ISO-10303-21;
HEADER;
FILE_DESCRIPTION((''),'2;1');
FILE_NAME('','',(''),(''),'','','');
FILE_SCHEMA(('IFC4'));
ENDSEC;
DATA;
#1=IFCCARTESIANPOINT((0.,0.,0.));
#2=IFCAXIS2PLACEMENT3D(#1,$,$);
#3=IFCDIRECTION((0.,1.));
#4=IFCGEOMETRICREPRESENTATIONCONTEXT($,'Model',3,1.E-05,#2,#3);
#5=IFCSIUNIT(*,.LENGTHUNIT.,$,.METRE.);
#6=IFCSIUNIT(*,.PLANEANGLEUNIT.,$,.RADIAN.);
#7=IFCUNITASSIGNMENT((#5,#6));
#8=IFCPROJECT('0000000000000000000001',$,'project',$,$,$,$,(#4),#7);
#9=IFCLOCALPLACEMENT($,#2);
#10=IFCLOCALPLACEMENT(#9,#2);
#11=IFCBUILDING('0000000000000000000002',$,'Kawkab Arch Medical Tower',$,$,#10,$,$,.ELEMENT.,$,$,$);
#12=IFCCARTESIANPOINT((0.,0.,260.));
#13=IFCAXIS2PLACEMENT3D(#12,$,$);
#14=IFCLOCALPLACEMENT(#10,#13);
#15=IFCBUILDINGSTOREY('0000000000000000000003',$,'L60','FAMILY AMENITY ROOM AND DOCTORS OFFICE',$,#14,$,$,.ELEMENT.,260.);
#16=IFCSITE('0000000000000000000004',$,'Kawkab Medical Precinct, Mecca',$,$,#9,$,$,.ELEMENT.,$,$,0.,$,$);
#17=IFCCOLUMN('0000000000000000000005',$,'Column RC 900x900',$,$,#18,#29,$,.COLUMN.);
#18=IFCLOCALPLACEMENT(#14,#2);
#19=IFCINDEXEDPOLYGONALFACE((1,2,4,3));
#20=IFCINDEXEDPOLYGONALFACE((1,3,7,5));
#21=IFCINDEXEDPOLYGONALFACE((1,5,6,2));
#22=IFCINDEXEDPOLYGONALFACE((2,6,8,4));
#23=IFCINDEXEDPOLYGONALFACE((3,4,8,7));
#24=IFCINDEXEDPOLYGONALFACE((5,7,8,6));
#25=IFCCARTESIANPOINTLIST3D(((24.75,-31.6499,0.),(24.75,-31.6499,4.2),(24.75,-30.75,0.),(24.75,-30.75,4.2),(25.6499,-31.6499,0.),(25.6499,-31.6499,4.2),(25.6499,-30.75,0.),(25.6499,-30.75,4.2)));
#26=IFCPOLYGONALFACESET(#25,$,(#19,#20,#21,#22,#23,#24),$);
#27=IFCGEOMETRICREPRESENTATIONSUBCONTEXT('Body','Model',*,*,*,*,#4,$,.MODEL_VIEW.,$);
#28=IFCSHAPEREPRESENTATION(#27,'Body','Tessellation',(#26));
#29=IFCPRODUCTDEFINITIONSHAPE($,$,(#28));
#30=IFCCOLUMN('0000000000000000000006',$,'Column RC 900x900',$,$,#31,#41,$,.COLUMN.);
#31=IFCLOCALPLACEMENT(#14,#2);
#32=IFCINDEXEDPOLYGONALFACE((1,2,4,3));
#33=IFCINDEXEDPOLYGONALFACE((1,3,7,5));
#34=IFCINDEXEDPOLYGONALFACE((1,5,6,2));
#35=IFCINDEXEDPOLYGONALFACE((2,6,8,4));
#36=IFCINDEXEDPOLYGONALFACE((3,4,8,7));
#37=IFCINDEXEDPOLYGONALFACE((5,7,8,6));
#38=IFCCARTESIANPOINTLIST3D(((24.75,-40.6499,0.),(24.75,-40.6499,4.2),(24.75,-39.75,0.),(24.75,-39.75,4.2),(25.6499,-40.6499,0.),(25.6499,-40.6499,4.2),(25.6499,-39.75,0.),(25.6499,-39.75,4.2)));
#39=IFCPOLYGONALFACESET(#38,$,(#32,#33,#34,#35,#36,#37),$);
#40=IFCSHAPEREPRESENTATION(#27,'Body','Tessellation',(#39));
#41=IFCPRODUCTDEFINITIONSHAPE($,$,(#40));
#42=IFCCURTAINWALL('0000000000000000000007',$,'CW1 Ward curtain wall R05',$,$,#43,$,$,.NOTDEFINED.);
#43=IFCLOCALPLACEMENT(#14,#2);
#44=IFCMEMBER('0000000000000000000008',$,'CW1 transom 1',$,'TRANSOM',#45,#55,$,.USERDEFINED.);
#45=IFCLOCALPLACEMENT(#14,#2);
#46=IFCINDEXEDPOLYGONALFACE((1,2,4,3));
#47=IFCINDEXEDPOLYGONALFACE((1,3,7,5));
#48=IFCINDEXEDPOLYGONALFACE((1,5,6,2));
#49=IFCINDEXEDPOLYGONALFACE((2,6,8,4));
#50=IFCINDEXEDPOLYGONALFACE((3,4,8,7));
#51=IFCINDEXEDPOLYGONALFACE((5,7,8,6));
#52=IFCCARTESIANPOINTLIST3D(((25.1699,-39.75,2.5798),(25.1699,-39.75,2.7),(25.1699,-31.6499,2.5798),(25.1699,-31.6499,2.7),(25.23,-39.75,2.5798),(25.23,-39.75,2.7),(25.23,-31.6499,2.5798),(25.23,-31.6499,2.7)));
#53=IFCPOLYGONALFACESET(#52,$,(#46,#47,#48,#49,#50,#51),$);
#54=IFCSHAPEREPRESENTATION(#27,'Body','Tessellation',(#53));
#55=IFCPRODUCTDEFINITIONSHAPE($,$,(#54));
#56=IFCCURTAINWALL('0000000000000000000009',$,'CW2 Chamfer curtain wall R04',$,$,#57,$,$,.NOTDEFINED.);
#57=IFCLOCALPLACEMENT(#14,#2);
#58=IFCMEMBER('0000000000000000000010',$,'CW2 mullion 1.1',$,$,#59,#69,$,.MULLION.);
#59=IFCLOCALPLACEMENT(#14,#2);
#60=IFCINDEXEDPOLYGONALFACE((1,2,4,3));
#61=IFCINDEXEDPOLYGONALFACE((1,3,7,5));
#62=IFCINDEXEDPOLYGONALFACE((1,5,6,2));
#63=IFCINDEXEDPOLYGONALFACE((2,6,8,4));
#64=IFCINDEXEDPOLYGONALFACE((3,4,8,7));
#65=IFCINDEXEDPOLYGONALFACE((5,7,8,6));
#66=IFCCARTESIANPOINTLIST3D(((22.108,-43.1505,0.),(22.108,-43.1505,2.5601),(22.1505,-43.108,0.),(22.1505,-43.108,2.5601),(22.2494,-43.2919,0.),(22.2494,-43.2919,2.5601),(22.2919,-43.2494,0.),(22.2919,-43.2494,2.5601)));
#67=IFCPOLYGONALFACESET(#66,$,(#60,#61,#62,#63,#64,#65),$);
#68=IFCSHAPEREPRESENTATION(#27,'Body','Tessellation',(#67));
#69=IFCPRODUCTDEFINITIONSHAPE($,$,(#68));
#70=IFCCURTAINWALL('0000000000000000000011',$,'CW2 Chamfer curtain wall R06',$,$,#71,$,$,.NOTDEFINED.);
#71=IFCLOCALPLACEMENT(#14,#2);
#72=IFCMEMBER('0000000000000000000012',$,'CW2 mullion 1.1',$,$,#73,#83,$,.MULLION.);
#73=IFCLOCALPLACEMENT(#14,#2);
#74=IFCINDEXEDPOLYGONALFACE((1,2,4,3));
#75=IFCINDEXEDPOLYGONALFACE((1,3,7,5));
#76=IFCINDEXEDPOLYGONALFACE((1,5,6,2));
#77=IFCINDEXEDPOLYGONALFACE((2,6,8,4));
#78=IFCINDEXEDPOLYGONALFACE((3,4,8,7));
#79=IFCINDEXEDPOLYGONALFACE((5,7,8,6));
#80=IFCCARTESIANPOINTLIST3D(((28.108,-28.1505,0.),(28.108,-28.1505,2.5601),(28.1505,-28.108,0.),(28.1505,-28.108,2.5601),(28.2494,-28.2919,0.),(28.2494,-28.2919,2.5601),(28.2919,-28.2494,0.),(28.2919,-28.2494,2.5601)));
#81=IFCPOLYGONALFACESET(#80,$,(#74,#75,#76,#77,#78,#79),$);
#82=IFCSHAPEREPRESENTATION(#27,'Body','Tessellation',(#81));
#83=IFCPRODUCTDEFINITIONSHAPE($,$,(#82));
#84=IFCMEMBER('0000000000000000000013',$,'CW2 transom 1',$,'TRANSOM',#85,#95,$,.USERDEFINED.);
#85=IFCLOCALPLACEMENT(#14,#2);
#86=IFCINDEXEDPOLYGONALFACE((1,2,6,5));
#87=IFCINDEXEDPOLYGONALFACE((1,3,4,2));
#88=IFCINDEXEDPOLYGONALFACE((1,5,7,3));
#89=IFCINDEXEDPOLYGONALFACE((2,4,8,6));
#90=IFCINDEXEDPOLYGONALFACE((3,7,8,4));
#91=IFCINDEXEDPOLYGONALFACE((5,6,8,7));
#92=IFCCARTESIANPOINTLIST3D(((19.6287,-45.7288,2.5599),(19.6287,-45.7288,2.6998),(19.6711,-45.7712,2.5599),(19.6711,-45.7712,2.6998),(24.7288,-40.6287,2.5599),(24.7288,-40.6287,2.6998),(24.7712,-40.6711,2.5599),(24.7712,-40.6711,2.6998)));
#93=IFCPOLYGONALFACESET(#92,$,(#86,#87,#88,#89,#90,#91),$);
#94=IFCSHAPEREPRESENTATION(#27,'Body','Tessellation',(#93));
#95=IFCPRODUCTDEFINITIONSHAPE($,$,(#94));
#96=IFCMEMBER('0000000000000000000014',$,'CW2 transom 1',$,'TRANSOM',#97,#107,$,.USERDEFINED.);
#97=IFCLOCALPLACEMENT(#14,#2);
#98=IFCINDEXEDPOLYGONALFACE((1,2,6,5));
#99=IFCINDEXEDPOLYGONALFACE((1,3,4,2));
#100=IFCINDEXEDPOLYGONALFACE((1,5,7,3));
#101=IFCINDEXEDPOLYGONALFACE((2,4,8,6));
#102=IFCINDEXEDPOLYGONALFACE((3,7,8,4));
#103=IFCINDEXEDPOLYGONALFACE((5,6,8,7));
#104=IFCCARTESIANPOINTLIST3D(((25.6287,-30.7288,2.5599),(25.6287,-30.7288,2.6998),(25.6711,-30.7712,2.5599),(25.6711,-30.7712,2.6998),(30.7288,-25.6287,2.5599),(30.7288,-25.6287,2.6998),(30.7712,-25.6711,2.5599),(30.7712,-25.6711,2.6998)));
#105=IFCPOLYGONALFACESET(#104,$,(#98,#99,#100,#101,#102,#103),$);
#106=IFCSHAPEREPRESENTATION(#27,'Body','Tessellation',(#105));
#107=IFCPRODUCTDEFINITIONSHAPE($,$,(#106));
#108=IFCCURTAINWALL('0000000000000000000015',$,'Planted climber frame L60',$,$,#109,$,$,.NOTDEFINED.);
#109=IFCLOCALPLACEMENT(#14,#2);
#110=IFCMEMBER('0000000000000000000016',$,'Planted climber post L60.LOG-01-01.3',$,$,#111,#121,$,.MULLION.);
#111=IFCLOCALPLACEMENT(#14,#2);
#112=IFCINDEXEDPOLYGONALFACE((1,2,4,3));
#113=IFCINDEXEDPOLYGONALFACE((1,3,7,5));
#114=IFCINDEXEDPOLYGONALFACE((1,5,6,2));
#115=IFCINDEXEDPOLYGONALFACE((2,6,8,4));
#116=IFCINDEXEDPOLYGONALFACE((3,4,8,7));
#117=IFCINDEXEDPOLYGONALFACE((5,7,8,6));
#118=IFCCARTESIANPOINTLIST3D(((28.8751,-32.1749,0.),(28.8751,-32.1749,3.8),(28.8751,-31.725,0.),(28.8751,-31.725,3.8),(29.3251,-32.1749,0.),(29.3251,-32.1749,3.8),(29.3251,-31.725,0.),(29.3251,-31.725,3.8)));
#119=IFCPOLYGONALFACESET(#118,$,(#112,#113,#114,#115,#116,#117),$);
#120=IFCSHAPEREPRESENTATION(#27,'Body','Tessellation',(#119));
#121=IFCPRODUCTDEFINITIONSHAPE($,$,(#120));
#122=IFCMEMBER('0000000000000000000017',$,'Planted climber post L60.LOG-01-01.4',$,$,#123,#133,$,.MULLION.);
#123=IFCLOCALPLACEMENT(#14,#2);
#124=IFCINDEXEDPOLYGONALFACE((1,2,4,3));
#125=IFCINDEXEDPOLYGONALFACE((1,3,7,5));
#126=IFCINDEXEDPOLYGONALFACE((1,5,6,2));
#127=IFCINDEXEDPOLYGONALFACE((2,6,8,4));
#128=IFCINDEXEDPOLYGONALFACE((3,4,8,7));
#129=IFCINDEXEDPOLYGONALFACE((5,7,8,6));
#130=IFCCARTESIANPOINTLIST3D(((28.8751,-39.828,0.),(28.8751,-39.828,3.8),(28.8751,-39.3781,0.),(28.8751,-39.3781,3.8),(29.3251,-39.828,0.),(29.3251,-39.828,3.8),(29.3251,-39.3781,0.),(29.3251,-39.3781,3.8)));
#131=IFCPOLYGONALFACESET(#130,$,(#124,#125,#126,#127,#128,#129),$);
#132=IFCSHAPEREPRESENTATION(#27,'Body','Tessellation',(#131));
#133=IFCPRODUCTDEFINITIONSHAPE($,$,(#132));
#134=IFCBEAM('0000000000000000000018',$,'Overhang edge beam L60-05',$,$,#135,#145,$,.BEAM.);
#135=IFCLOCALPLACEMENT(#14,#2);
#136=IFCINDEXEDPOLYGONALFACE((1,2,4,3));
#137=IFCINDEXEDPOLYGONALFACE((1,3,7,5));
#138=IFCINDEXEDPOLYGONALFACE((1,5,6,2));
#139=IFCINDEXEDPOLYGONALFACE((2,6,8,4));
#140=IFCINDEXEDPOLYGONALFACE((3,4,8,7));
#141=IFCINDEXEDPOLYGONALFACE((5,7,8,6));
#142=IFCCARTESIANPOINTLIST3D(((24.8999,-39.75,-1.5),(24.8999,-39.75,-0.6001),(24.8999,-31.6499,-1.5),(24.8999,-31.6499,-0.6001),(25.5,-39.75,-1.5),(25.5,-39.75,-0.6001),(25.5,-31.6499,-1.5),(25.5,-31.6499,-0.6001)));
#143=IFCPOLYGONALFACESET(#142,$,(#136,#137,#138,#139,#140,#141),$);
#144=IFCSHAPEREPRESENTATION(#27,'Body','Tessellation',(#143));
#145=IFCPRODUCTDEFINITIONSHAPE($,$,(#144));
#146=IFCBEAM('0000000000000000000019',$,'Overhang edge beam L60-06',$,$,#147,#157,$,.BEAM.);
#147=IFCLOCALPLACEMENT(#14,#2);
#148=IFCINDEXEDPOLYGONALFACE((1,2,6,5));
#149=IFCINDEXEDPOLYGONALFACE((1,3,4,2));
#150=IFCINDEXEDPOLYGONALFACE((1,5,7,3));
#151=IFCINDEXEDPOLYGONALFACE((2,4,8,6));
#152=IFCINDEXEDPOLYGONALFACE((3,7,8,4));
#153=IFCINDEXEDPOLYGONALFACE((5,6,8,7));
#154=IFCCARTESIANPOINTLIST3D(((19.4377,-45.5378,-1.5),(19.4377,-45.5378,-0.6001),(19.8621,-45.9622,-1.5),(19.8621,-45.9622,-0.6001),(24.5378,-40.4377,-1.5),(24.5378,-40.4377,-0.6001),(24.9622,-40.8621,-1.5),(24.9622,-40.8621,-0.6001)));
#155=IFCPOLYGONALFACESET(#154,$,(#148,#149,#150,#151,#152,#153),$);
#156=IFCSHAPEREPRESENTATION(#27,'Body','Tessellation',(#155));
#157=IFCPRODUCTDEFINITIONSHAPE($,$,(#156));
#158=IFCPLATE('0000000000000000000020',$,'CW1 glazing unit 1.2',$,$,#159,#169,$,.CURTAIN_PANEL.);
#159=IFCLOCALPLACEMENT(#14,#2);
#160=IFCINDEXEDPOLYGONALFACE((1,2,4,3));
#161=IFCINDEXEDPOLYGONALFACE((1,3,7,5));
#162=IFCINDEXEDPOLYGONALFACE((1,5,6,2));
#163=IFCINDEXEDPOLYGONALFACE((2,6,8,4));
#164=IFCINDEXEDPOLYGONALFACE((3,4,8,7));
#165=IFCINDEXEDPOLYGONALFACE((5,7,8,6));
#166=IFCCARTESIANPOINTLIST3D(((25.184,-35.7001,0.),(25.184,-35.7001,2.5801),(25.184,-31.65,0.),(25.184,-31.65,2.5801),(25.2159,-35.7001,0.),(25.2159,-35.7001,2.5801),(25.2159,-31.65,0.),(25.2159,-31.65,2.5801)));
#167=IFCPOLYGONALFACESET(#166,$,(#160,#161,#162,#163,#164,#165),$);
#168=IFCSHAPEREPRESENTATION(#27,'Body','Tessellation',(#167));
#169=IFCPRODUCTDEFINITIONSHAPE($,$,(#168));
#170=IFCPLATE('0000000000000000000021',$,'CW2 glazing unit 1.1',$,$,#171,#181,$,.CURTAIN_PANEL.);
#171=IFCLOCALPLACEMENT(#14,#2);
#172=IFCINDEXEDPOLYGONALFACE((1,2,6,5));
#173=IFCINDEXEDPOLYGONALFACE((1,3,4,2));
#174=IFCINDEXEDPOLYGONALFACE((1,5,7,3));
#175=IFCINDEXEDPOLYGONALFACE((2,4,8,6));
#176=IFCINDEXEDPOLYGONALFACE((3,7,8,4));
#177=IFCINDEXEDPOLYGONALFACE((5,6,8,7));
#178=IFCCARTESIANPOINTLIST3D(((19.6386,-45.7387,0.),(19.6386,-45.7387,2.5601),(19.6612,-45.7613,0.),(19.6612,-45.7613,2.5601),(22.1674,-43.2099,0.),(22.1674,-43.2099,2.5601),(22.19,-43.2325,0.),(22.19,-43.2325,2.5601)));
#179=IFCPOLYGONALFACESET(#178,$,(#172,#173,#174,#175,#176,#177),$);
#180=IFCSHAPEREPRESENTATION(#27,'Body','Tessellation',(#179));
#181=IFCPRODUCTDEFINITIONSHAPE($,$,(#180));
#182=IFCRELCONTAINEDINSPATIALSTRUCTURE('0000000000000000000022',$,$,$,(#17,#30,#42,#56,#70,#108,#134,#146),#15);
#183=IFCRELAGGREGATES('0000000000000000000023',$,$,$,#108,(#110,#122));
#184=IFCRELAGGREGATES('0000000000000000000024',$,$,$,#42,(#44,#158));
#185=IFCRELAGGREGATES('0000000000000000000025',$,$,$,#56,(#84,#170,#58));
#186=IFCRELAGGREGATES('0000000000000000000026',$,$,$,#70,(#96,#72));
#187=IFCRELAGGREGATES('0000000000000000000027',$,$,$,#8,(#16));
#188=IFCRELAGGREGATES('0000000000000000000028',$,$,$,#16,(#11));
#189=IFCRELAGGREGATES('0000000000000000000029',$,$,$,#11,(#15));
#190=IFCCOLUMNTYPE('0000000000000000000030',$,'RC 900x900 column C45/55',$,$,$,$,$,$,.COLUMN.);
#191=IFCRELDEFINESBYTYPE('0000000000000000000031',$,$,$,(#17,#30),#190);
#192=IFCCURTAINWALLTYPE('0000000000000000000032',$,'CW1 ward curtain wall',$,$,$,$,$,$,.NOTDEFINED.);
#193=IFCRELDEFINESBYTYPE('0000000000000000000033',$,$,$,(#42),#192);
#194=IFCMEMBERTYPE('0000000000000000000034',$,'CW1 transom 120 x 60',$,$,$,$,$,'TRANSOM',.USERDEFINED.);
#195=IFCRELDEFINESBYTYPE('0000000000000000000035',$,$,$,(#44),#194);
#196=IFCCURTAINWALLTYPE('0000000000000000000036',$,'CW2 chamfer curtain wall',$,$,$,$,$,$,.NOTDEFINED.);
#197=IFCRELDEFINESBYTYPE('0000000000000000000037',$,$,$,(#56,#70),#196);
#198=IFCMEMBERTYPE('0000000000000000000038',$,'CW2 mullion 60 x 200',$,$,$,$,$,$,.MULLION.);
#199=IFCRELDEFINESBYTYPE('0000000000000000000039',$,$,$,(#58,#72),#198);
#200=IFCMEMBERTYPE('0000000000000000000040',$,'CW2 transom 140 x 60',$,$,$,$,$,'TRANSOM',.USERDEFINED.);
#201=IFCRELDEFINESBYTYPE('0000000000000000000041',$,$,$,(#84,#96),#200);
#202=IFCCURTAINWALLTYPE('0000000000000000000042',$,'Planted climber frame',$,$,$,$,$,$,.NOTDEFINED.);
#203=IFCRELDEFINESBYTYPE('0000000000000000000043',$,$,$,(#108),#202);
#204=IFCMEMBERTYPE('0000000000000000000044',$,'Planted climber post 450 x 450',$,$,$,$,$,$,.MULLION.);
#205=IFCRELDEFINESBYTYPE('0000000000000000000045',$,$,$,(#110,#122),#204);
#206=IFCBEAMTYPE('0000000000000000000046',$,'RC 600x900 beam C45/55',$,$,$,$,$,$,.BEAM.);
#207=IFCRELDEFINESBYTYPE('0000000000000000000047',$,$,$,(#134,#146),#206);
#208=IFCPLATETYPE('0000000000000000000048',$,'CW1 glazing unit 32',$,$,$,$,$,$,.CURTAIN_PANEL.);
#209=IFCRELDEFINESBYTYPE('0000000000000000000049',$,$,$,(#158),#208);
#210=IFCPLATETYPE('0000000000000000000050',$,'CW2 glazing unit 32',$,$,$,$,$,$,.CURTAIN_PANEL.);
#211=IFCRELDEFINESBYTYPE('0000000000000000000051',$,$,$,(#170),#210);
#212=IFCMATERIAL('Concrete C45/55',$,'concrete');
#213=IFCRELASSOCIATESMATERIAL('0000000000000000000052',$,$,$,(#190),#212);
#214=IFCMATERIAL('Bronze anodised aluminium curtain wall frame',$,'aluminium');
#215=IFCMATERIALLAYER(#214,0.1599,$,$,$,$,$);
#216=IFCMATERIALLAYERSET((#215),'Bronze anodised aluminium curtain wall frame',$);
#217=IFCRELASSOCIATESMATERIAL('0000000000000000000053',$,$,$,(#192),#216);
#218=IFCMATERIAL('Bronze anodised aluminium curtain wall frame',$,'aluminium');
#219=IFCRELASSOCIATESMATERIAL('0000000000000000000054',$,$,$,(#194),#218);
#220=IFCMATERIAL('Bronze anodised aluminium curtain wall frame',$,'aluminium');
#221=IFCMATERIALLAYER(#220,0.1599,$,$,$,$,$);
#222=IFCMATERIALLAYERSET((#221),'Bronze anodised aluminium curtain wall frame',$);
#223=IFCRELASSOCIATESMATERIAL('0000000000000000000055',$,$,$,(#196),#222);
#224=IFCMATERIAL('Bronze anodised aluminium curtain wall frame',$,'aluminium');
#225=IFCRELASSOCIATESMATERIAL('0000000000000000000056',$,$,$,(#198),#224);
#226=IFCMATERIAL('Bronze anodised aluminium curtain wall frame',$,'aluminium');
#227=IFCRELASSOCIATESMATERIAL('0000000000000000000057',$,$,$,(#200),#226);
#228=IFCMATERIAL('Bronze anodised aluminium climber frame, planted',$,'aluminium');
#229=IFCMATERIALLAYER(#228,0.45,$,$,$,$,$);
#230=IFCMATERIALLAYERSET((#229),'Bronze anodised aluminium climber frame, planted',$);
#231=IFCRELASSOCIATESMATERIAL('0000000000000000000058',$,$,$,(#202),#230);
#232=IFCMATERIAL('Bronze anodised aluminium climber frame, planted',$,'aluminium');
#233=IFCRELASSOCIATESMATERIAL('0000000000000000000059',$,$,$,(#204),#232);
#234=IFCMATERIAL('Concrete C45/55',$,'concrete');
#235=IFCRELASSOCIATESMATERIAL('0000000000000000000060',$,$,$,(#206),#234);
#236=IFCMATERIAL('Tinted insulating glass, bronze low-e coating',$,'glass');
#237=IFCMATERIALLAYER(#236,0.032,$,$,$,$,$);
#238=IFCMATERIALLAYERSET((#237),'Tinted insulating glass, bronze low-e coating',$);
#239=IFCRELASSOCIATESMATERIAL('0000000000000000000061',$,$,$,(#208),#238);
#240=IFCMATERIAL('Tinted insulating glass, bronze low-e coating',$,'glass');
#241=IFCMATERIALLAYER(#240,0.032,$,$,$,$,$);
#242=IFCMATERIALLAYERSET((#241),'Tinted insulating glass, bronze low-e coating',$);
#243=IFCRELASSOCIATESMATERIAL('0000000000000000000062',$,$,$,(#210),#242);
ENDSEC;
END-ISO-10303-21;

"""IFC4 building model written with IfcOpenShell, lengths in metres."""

from ifc_helpers import new_model, si_unit, direction, frame, origin, origin_2d, place, context, subcontext, project, spatial, rectangle, extrude, material, layer, layer_set, material_profile, profile_set, type_object, element, aggregate, save


model = new_model("IFC4")

# Units and contexts
model_context = context("Model", 3, precision=1e-05, world=origin(), true_north=direction((0.0, 1.0)))
body_context = subcontext(model_context, "Body", "Model", "MODEL_VIEW")
ifc_project = project(units=[si_unit("LENGTHUNIT", "METRE"), si_unit("PLANEANGLEUNIT", "RADIAN")], contexts=[model_context])

# Site, building, storey
site_placement = place(None, origin())
site = spatial("IfcSite", under=ifc_project, at=site_placement, Name="Kawkab Medical Precinct, Mecca", CompositionType="ELEMENT", RefElevation=0.0)
building_placement = place(site_placement, origin())
building = spatial("IfcBuilding", under=site, at=building_placement, Name="Kawkab Arch Medical Tower", CompositionType="ELEMENT")
storey_placement = place(building_placement, frame((0.0, 0.0, 260.0)))
storey = spatial("IfcBuildingStorey", under=building, at=storey_placement, Name="L60", Description="FAMILY AMENITY ROOM AND DOCTORS OFFICE", CompositionType="ELEMENT", Elevation=260.0)

# Columns
ifc_material_1 = material(Name="Concrete C45/55", Category="concrete")
ifc_material_profile_1 = material_profile(ifc_material_1, rectangle(XDim=0.8999, YDim=0.8999, at=origin_2d()), Name="RC 900x900")
ifc_profile_set_1 = profile_set([ifc_material_profile_1], Name="Concrete C45/55")
column_type = type_object("IfcColumnType", Name="RC 900x900 column C45/55", PredefinedType="COLUMN", material=ifc_profile_set_1)
for number, where, z_axis, x_axis, name in (
    (1, (25.2, -31.2, 0.0), (0.0, 0.0, 1.0), (1.0, 0.0, 0.0), "Column RC 900x900"),
    (2, (25.2, -40.2, 0.0), (0.0, 0.0, 1.0), (1.0, 0.0, 0.0), "Column RC 900x900"),
):
    element("IfcColumn", number, at=place(storey_placement, frame(where, z_axis=z_axis, x_axis=x_axis)), inside=storey, type_object=column_type, Name=name, PredefinedType="COLUMN", context=body_context, shape_type="SweptSolid", body=[
        extrude(rectangle(XDim=0.8999, YDim=0.8999, at=origin_2d()), origin(), (0.0, 0.0, 1.0), 4.2),
    ])

# Curtain walls, members
ifc_material_2 = material(Name="Bronze anodised aluminium curtain wall frame", Category="aluminium")
ifc_layer_1 = layer(ifc_material_2, 0.1599)
ifc_layer_set_1 = layer_set([ifc_layer_1], Name="Bronze anodised aluminium curtain wall frame")
curtain_wall_type_1 = type_object("IfcCurtainWallType", Name="CW1 ward curtain wall", PredefinedType="NOTDEFINED", material=ifc_layer_set_1)
placement = place(storey_placement, origin())
curtain_wall_1 = element("IfcCurtainWall", 3, at=placement, inside=storey, type_object=curtain_wall_type_1, Name="CW1 Ward curtain wall R05", PredefinedType="NOTDEFINED")
ifc_material_3 = material(Name="Bronze anodised aluminium curtain wall frame", Category="aluminium")
ifc_material_profile_2 = material_profile(ifc_material_3, rectangle(XDim=0.0601, YDim=0.1201, at=origin_2d()), Name="AL 60x120")
ifc_profile_set_2 = profile_set([ifc_material_profile_2], Name="Bronze anodised aluminium curtain wall frame")
member_type_1 = type_object("IfcMemberType", Name="CW1 transom 120 x 60", ElementType="TRANSOM", PredefinedType="USERDEFINED", material=ifc_profile_set_2)
member_1_placement = place(storey_placement, frame((25.2, -39.75, 2.6399), z_axis=(0.0, 1.0, 0.0), x_axis=(-1.0, 0.0, 0.0)))
member_1 = element("IfcMember", 4, at=member_1_placement, type_object=member_type_1, Name="CW1 transom 1", ObjectType="TRANSOM", PredefinedType="USERDEFINED", context=body_context, shape_type="SweptSolid", body=[
    extrude(rectangle(XDim=0.0601, YDim=0.1201, at=origin_2d()), origin(), (0.0, 0.0, 1.0), 8.1001),
])
ifc_material_4 = material(Name="Bronze anodised aluminium curtain wall frame", Category="aluminium")
ifc_layer_2 = layer(ifc_material_4, 0.1599)
ifc_layer_set_2 = layer_set([ifc_layer_2], Name="Bronze anodised aluminium curtain wall frame")
curtain_wall_type_2 = type_object("IfcCurtainWallType", Name="CW2 chamfer curtain wall", PredefinedType="NOTDEFINED", material=ifc_layer_set_2)
curtain_wall_2 = element("IfcCurtainWall", 5, at=placement, inside=storey, type_object=curtain_wall_type_2, Name="CW2 Chamfer curtain wall R04", PredefinedType="NOTDEFINED")
ifc_material_5 = material(Name="Bronze anodised aluminium curtain wall frame", Category="aluminium")
ifc_material_profile_3 = material_profile(ifc_material_5, rectangle(XDim=0.2, YDim=0.0601, at=origin_2d()), Name="AL 60x200")
ifc_profile_set_3 = profile_set([ifc_material_profile_3], Name="Bronze anodised aluminium curtain wall frame")
member_type_2 = type_object("IfcMemberType", Name="CW2 mullion 60 x 200", PredefinedType="MULLION", material=ifc_profile_set_3)
member_2_placement = place(storey_placement, frame((22.2, -43.2, 0.0), z_axis=(0.0, 0.0, 1.0), x_axis=(-0.707107, 0.707107, 0.0)))
member_2 = element("IfcMember", 6, at=member_2_placement, type_object=member_type_2, Name="CW2 mullion 1.1", PredefinedType="MULLION", context=body_context, shape_type="SweptSolid", body=[
    extrude(rectangle(XDim=0.2, YDim=0.0601, at=origin_2d()), origin(), (0.0, 0.0, 1.0), 2.5601),
])
curtain_wall_3 = element("IfcCurtainWall", 7, at=placement, inside=storey, type_object=curtain_wall_type_2, Name="CW2 Chamfer curtain wall R06", PredefinedType="NOTDEFINED")
member_3_placement = place(storey_placement, frame((28.2, -28.2, 0.0), z_axis=(0.0, 0.0, 1.0), x_axis=(-0.707107, 0.707107, 0.0)))
member_3 = element("IfcMember", 8, at=member_3_placement, type_object=member_type_2, Name="CW2 mullion 1.1", PredefinedType="MULLION", context=body_context, shape_type="SweptSolid", body=[
    extrude(rectangle(XDim=0.2, YDim=0.0601, at=origin_2d()), origin(), (0.0, 0.0, 1.0), 2.5601),
])

# Members
ifc_material_6 = material(Name="Bronze anodised aluminium curtain wall frame", Category="aluminium")
ifc_material_profile_4 = material_profile(ifc_material_6, rectangle(XDim=0.0601, YDim=0.1399, at=origin_2d()), Name="AL 60x140")
ifc_profile_set_4 = profile_set([ifc_material_profile_4], Name="Bronze anodised aluminium curtain wall frame")
member_type_3 = type_object("IfcMemberType", Name="CW2 transom 140 x 60", ElementType="TRANSOM", PredefinedType="USERDEFINED", material=ifc_profile_set_4)
member_4_placement = place(storey_placement, frame((19.6499, -45.75, 2.6299), z_axis=(0.707107, 0.707107, 0.0), x_axis=(-0.707107, 0.707107, 0.0)))
member_4 = element("IfcMember", 9, at=member_4_placement, type_object=member_type_3, Name="CW2 transom 1", ObjectType="TRANSOM", PredefinedType="USERDEFINED", context=body_context, shape_type="SweptSolid", body=[
    extrude(rectangle(XDim=0.0601, YDim=0.1399, at=origin_2d()), origin(), (0.0, 0.0, 1.0), 7.2126),
])
member_5_placement = place(storey_placement, frame((25.6499, -30.75, 2.6299), z_axis=(0.707107, 0.707107, 0.0), x_axis=(-0.707107, 0.707107, 0.0)))
member_5 = element("IfcMember", 10, at=member_5_placement, type_object=member_type_3, Name="CW2 transom 1", ObjectType="TRANSOM", PredefinedType="USERDEFINED", context=body_context, shape_type="SweptSolid", body=[
    extrude(rectangle(XDim=0.0601, YDim=0.1399, at=origin_2d()), origin(), (0.0, 0.0, 1.0), 7.2126),
])

# Curtain wall, members
ifc_material_7 = material(Name="Bronze anodised aluminium climber frame, planted", Category="aluminium")
ifc_layer_3 = layer(ifc_material_7, 0.45)
ifc_layer_set_3 = layer_set([ifc_layer_3], Name="Bronze anodised aluminium climber frame, planted")
curtain_wall_type_3 = type_object("IfcCurtainWallType", Name="Planted climber frame", PredefinedType="NOTDEFINED", material=ifc_layer_set_3)
curtain_wall_4 = element("IfcCurtainWall", 11, at=placement, inside=storey, type_object=curtain_wall_type_3, Name="Planted climber frame L60", PredefinedType="NOTDEFINED")
ifc_material_8 = material(Name="Bronze anodised aluminium climber frame, planted", Category="aluminium")
ifc_material_profile_5 = material_profile(ifc_material_8, rectangle(XDim=0.45, YDim=0.45, at=origin_2d()), Name="Post 450x450")
ifc_profile_set_5 = profile_set([ifc_material_profile_5], Name="Bronze anodised aluminium climber frame, planted")
member_type_4 = type_object("IfcMemberType", Name="Planted climber post 450 x 450", PredefinedType="MULLION", material=ifc_profile_set_5)
member_6_placement = place(storey_placement, frame((29.1001, -31.95, 0.0), z_axis=(0.0, 0.0, 1.0), x_axis=(1.0, 0.0, 0.0)))
member_6 = element("IfcMember", 12, at=member_6_placement, type_object=member_type_4, Name="Planted climber post L60.LOG-01-01.3", PredefinedType="MULLION", context=body_context, shape_type="SweptSolid", body=[
    extrude(rectangle(XDim=0.45, YDim=0.45, at=origin_2d()), origin(), (0.0, 0.0, 1.0), 3.8),
])
member_7_placement = place(storey_placement, frame((29.1001, -39.603, 0.0), z_axis=(0.0, 0.0, 1.0), x_axis=(1.0, 0.0, 0.0)))
member_7 = element("IfcMember", 13, at=member_7_placement, type_object=member_type_4, Name="Planted climber post L60.LOG-01-01.4", PredefinedType="MULLION", context=body_context, shape_type="SweptSolid", body=[
    extrude(rectangle(XDim=0.45, YDim=0.45, at=origin_2d()), origin(), (0.0, 0.0, 1.0), 3.8),
])
aggregate(curtain_wall_4, [member_6, member_7])

# Beams
ifc_material_9 = material(Name="Concrete C45/55", Category="concrete")
ifc_material_profile_6 = material_profile(ifc_material_9, rectangle(XDim=0.6001, YDim=0.8999, at=origin_2d()), Name="RC 600x900")
ifc_profile_set_6 = profile_set([ifc_material_profile_6], Name="Concrete C45/55")
beam_type = type_object("IfcBeamType", Name="RC 600x900 beam C45/55", PredefinedType="BEAM", material=ifc_profile_set_6)
beam_1_placement = place(storey_placement, frame((25.2, -31.6499, -1.05), z_axis=(0.0, -1.0, 0.0), x_axis=(1.0, 0.0, 0.0)))
element("IfcBeam", 14, at=beam_1_placement, inside=storey, type_object=beam_type, Name="Overhang edge beam L60-05", PredefinedType="BEAM", context=body_context, shape_type="SweptSolid", body=[
    extrude(rectangle(XDim=0.6001, YDim=0.8999, at=origin_2d()), origin(), (0.0, 0.0, 1.0), 8.1001),
])
beam_2_placement = place(storey_placement, frame((24.75, -40.6499, -1.05), z_axis=(-0.707107, -0.707107, 0.0), x_axis=(0.707107, -0.707107, 0.0)))
element("IfcBeam", 15, at=beam_2_placement, inside=storey, type_object=beam_type, Name="Overhang edge beam L60-06", PredefinedType="BEAM", context=body_context, shape_type="SweptSolid", body=[
    extrude(rectangle(XDim=0.6001, YDim=0.8999, at=origin_2d()), origin(), (0.0, 0.0, 1.0), 7.2126),
])

# Plates
ifc_material_10 = material(Name="Tinted insulating glass, bronze low-e coating", Category="glass")
ifc_layer_4 = layer(ifc_material_10, 0.032)
ifc_layer_set_4 = layer_set([ifc_layer_4], Name="Tinted insulating glass, bronze low-e coating")
plate_type_1 = type_object("IfcPlateType", Name="CW1 glazing unit 32", PredefinedType="CURTAIN_PANEL", material=ifc_layer_set_4)
plate_1_placement = place(storey_placement, frame((25.2, -33.675, 0.0), z_axis=(0.0, 0.0, 1.0), x_axis=(0.0, 1.0, 0.0)))
plate_1 = element("IfcPlate", 16, at=plate_1_placement, type_object=plate_type_1, Name="CW1 glazing unit 1.2", PredefinedType="CURTAIN_PANEL", context=body_context, shape_type="SweptSolid", body=[
    extrude(rectangle(XDim=4.05, YDim=0.032, at=origin_2d()), origin(), (0.0, 0.0, 1.0), 2.5801),
])
aggregate(curtain_wall_1, [member_1, plate_1])
ifc_material_11 = material(Name="Tinted insulating glass, bronze low-e coating", Category="glass")
ifc_layer_5 = layer(ifc_material_11, 0.032)
ifc_layer_set_5 = layer_set([ifc_layer_5], Name="Tinted insulating glass, bronze low-e coating")
plate_type_2 = type_object("IfcPlateType", Name="CW2 glazing unit 32", PredefinedType="CURTAIN_PANEL", material=ifc_layer_set_5)
plate_2_placement = place(storey_placement, frame((20.9143, -44.4856, 0.0), z_axis=(0.0, 0.0, 1.0), x_axis=(0.707107, 0.707107, 0.0)))
plate_2 = element("IfcPlate", 17, at=plate_2_placement, type_object=plate_type_2, Name="CW2 glazing unit 1.1", PredefinedType="CURTAIN_PANEL", context=body_context, shape_type="SweptSolid", body=[
    extrude(rectangle(XDim=3.5762, YDim=0.032, at=origin_2d()), origin(), (0.0, 0.0, 1.0), 2.5601),
])
aggregate(curtain_wall_2, [member_4, plate_2, member_2])
aggregate(curtain_wall_3, [member_5, member_3])

save(model, "model.ifc")
